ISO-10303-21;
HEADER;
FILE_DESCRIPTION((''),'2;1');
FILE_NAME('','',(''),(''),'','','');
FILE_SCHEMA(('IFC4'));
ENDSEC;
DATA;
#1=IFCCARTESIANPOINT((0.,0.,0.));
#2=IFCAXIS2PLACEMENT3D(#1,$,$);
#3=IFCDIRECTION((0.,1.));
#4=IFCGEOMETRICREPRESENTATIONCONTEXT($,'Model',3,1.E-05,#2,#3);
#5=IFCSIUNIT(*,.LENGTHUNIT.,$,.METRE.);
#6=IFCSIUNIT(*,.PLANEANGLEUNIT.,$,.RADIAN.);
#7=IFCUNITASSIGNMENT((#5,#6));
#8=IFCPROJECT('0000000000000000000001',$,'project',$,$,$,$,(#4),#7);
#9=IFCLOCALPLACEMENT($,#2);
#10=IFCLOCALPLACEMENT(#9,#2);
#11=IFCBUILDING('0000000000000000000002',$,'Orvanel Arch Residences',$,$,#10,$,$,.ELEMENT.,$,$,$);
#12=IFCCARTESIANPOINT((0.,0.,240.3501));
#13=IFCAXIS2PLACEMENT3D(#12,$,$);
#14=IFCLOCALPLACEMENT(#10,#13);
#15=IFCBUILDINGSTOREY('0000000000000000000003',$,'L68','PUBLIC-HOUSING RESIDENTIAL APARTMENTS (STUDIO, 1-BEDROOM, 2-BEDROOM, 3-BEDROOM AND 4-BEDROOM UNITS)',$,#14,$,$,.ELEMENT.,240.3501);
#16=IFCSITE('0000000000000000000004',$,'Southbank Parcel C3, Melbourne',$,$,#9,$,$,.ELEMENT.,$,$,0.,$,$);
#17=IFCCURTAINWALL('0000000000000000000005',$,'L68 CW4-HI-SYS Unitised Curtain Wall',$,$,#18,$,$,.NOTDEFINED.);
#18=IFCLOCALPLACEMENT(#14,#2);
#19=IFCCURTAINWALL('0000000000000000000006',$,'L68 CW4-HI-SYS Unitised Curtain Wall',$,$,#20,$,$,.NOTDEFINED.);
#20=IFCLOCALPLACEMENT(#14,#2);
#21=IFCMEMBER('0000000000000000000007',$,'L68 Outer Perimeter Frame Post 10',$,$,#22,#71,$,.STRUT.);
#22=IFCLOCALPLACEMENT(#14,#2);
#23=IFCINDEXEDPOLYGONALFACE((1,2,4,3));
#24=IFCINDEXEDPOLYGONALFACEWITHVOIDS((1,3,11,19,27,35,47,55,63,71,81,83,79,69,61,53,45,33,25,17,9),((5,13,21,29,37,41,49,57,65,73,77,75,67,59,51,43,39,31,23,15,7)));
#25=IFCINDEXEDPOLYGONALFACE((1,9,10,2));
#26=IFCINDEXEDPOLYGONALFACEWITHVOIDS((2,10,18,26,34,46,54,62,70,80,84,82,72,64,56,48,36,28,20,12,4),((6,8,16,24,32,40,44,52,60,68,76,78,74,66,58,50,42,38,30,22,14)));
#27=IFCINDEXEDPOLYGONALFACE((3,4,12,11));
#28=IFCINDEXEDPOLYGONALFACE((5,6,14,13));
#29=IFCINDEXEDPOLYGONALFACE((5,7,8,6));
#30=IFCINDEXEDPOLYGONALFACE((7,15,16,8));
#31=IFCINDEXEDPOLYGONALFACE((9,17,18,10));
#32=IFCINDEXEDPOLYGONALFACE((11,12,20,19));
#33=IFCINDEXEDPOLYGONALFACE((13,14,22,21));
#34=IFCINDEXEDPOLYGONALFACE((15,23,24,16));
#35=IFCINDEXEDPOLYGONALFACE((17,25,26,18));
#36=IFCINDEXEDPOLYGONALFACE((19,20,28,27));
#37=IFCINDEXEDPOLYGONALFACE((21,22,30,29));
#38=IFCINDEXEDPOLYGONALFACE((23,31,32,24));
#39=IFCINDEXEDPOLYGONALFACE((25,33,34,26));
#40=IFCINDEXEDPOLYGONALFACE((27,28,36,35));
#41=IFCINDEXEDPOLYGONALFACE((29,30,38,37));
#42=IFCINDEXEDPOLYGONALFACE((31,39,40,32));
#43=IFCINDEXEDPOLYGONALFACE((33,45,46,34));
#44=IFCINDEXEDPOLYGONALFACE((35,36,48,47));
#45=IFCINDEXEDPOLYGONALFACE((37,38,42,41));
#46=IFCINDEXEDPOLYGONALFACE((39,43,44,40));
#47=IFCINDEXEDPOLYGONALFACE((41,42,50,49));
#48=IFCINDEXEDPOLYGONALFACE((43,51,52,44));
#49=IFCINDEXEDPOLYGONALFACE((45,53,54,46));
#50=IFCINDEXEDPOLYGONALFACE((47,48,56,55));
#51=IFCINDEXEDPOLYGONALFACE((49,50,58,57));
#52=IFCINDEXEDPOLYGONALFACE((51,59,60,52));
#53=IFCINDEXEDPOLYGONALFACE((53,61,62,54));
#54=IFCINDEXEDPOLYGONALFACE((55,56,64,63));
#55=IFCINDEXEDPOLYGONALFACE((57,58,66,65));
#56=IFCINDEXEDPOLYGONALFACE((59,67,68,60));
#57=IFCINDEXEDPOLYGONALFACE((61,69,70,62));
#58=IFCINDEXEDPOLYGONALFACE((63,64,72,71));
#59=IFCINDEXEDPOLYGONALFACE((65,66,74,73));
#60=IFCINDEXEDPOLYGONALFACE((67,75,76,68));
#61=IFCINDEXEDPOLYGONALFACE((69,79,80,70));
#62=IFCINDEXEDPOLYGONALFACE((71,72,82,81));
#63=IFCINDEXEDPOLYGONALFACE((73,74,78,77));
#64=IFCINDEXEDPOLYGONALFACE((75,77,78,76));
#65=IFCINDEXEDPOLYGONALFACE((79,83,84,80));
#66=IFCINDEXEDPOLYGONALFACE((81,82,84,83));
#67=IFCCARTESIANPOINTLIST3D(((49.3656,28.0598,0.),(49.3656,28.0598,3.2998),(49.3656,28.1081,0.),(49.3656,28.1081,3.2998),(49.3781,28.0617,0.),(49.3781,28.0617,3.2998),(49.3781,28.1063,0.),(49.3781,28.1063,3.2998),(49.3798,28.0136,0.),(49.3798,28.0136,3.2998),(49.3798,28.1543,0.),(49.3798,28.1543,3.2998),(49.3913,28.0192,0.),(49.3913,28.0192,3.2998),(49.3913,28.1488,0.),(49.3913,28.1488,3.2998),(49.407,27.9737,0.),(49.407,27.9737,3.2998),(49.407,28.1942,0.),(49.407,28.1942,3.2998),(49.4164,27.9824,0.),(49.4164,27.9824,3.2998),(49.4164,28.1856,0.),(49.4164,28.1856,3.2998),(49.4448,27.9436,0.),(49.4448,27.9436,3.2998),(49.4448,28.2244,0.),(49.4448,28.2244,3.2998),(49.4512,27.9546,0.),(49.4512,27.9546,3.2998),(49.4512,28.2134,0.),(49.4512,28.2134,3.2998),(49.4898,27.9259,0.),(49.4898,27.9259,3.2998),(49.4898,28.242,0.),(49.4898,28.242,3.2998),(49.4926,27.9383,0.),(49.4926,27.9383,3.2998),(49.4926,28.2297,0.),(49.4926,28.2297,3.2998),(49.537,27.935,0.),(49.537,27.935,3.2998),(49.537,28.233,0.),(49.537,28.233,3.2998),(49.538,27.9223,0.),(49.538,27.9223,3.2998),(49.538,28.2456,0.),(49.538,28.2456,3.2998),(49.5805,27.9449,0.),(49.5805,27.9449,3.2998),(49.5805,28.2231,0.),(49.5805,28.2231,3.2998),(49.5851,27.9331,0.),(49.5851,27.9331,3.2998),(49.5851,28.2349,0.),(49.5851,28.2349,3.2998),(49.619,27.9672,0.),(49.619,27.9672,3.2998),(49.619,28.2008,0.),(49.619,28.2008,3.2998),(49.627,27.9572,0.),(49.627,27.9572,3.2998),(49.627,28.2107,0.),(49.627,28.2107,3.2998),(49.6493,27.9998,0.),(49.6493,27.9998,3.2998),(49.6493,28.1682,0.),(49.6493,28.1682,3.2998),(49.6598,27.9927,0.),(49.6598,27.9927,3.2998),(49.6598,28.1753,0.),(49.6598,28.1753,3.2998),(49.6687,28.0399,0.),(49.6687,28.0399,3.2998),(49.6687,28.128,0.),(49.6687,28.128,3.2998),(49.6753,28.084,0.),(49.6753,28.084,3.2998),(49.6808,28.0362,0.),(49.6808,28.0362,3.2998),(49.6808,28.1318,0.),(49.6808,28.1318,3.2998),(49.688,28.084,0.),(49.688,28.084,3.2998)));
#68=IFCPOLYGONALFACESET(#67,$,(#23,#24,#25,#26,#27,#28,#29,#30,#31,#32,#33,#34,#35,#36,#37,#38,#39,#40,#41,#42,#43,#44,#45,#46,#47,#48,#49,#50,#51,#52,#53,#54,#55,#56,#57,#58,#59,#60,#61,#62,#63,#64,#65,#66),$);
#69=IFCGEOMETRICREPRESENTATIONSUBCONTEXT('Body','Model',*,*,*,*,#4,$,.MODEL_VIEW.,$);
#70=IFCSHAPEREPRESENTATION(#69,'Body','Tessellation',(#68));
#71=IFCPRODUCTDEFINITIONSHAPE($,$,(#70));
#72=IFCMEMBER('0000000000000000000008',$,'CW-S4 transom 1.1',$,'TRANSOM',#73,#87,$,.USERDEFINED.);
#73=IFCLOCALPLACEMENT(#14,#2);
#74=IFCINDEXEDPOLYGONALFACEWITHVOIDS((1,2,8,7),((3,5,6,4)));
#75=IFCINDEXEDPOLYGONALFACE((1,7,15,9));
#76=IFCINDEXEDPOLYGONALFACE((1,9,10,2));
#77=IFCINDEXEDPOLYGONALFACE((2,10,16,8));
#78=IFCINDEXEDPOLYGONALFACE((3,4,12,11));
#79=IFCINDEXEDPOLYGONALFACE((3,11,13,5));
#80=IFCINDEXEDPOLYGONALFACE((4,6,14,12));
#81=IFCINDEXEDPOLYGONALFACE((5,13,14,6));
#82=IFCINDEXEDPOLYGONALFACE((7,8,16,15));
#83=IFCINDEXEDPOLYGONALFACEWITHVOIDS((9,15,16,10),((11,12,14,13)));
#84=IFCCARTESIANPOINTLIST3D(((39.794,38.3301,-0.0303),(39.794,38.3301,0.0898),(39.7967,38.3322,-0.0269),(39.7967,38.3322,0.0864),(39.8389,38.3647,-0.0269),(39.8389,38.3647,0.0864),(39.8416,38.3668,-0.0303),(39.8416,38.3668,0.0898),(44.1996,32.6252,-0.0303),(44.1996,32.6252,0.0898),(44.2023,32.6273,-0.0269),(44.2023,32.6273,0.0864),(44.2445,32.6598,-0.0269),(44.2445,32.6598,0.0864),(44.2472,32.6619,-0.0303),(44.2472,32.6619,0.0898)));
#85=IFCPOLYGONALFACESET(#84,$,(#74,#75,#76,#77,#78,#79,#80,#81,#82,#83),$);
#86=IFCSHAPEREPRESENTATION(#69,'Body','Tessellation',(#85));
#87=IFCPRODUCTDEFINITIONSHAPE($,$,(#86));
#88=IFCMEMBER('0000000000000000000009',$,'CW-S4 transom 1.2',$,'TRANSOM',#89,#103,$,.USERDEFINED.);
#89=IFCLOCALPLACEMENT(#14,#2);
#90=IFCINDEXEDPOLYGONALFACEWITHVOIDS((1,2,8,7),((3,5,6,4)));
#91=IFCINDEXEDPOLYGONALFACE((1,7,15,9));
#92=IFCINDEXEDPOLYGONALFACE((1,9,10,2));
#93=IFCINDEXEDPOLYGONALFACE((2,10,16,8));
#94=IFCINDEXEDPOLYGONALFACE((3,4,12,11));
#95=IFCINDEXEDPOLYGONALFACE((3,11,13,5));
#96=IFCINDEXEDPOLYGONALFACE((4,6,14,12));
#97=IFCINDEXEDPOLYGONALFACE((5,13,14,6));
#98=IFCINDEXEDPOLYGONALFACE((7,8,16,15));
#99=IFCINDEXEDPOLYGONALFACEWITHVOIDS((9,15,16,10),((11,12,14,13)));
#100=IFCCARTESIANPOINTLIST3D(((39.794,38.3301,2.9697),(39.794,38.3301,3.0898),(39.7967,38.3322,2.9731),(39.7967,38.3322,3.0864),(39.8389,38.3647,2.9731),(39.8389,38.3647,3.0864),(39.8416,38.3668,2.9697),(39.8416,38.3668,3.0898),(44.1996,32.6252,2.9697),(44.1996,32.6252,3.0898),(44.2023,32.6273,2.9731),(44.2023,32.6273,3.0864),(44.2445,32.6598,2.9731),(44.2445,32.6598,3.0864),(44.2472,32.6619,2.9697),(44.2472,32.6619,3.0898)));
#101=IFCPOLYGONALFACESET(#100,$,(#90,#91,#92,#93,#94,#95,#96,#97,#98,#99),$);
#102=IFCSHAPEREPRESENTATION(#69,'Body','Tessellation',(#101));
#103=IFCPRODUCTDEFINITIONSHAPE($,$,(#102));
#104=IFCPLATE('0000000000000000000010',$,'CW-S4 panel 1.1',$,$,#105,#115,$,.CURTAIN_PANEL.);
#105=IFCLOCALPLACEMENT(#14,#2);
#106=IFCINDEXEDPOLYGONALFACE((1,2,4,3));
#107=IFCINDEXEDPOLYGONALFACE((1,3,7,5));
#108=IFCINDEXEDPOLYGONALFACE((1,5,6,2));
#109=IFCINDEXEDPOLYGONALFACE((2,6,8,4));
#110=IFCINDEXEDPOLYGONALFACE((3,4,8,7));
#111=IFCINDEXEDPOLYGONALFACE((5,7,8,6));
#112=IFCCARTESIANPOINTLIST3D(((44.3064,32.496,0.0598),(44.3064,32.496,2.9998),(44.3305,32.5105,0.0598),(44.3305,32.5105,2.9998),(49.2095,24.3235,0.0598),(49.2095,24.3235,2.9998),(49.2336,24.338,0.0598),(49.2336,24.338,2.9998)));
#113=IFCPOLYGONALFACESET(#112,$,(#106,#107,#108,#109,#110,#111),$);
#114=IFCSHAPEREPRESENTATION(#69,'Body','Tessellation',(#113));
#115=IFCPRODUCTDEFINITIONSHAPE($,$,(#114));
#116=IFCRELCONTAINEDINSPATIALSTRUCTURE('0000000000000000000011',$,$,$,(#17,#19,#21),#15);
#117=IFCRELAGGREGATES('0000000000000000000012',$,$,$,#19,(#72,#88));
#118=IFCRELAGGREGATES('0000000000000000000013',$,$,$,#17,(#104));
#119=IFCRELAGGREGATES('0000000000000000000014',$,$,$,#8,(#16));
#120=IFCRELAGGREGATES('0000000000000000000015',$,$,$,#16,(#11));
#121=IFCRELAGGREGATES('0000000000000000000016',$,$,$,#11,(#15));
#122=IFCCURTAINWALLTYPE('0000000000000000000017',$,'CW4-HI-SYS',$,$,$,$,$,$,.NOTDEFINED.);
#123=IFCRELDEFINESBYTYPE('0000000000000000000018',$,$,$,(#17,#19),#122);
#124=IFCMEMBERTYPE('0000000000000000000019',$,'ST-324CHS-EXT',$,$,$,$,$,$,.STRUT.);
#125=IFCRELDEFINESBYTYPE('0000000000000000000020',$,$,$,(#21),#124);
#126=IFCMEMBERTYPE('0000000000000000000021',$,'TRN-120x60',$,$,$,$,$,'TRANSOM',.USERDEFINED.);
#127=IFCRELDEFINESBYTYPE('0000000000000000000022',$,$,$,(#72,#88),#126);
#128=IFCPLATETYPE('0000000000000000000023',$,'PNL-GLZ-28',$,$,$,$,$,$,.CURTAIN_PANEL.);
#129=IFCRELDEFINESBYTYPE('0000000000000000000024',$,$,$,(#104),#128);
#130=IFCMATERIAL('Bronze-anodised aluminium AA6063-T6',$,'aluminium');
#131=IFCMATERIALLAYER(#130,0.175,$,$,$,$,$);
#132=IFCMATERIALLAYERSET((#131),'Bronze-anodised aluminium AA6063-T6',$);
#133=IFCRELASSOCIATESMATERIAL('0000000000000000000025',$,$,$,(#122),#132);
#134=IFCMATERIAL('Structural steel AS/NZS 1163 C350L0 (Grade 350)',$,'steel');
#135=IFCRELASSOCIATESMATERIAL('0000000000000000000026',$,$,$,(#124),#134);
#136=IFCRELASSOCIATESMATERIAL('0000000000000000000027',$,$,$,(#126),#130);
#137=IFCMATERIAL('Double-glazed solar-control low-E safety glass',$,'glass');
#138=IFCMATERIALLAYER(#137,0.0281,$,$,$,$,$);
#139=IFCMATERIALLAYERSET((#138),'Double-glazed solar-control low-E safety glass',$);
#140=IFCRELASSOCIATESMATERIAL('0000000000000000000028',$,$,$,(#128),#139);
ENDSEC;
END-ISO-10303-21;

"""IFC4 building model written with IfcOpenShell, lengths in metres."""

from ifc_helpers import new_model, si_unit, direction, frame, origin, origin_2d, place, context, subcontext, project, spatial, rectangle, hollow_rectangle, hollow_circle, extrude, material, layer, layer_set, material_profile, profile_set, type_object, element, aggregate, save


model = new_model("IFC4")

# Units and contexts
model_context = context("Model", 3, precision=1e-05, world=origin(), true_north=direction((0.0, 1.0)))
body_context = subcontext(model_context, "Body", "Model", "MODEL_VIEW")
ifc_project = project(units=[si_unit("LENGTHUNIT", "METRE"), si_unit("PLANEANGLEUNIT", "RADIAN")], contexts=[model_context])

# Site, building, storey
site_placement = place(None, origin())
site = spatial("IfcSite", under=ifc_project, at=site_placement, Name="Southbank Parcel C3, Melbourne", CompositionType="ELEMENT", RefElevation=0.0)
building_placement = place(site_placement, origin())
building = spatial("IfcBuilding", under=site, at=building_placement, Name="Orvanel Arch Residences", CompositionType="ELEMENT")
storey_placement = place(building_placement, frame((0.0, 0.0, 240.3501)))
storey = spatial("IfcBuildingStorey", under=building, at=storey_placement, Name="L68", Description="PUBLIC-HOUSING RESIDENTIAL APARTMENTS (STUDIO, 1-BEDROOM, 2-BEDROOM, 3-BEDROOM AND 4-BEDROOM UNITS)", CompositionType="ELEMENT", Elevation=240.3501)

# Shared definitions
ifc_material_1 = material(Name="Structural steel AS/NZS 1163 C350L0 (Grade 350)", Category="steel")

# Curtain walls
ifc_material_2 = material(Name="Bronze-anodised aluminium AA6063-T6", Category="aluminium")
ifc_layer_1 = layer(ifc_material_2, 0.175)
ifc_layer_set_1 = layer_set([ifc_layer_1], Name="Bronze-anodised aluminium AA6063-T6")
curtain_wall_type = type_object("IfcCurtainWallType", Name="CW4-HI-SYS", PredefinedType="NOTDEFINED", material=ifc_layer_set_1)
curtain_wall_1_placement = place(storey_placement, origin())
curtain_wall_1 = element("IfcCurtainWall", 1, at=curtain_wall_1_placement, inside=storey, type_object=curtain_wall_type, Name="L68 CW4-HI-SYS Unitised Curtain Wall", PredefinedType="NOTDEFINED")
curtain_wall_2_placement = place(storey_placement, origin())
curtain_wall_2 = element("IfcCurtainWall", 2, at=curtain_wall_2_placement, inside=storey, type_object=curtain_wall_type, Name="L68 CW4-HI-SYS Unitised Curtain Wall", PredefinedType="NOTDEFINED")

# Members
ifc_material_profile_1 = material_profile(ifc_material_1, hollow_circle(Radius=0.1621, WallThickness=0.0127, at=origin_2d()), Name="CHS324x12.7")
ifc_profile_set_1 = profile_set([ifc_material_profile_1], Name="Structural steel AS/NZS 1163 C350L0 (Grade 350)")
member_type_1 = type_object("IfcMemberType", Name="ST-324CHS-EXT", PredefinedType="STRUT", material=ifc_profile_set_1)
member_1_placement = place(storey_placement, frame((49.5259, 28.084, 0.0), z_axis=(0.0, 0.0, 1.0), x_axis=(1.0, 0.0, 0.0)))
element("IfcMember", 3, at=member_1_placement, inside=storey, type_object=member_type_1, Name="L68 Outer Perimeter Frame Post 10", PredefinedType="STRUT", context=body_context, shape_type="SweptSolid", body=[
    extrude(hollow_circle(Radius=0.1621, WallThickness=0.0127, at=origin_2d()), origin(), (0.0, 0.0, 1.0), 3.2998),
])
ifc_material_profile_2 = material_profile(ifc_material_2, hollow_rectangle(XDim=0.0601, YDim=0.1201, WallThickness=0.0034, at=origin_2d()), Name="ALU120x60x3.5")
ifc_profile_set_2 = profile_set([ifc_material_profile_2], Name="Bronze-anodised aluminium AA6063-T6")
member_type_2 = type_object("IfcMemberType", Name="TRN-120x60", ElementType="TRANSOM", PredefinedType="USERDEFINED", material=ifc_profile_set_2)
member_2_placement = place(storey_placement, frame((44.2234, 32.6436, 0.0298), z_axis=(-0.611207, 0.79147, 0.0), x_axis=(-0.79147, -0.611207, 0.0)))
member_2 = element("IfcMember", 4, at=member_2_placement, type_object=member_type_2, Name="CW-S4 transom 1.1", ObjectType="TRANSOM", PredefinedType="USERDEFINED", context=body_context, shape_type="SweptSolid", body=[
    extrude(hollow_rectangle(XDim=0.0601, YDim=0.1201, WallThickness=0.0034, at=origin_2d()), origin(), (0.0, 0.0, 1.0), 7.208),
])
member_3_placement = place(storey_placement, frame((44.2234, 32.6436, 3.0298), z_axis=(-0.611207, 0.79147, 0.0), x_axis=(-0.79147, -0.611207, 0.0)))
member_3 = element("IfcMember", 5, at=member_3_placement, type_object=member_type_2, Name="CW-S4 transom 1.2", ObjectType="TRANSOM", PredefinedType="USERDEFINED", context=body_context, shape_type="SweptSolid", body=[
    extrude(hollow_rectangle(XDim=0.0601, YDim=0.1201, WallThickness=0.0034, at=origin_2d()), origin(), (0.0, 0.0, 1.0), 7.208),
])
aggregate(curtain_wall_2, [member_2, member_3])

# Plate
ifc_material_3 = material(Name="Double-glazed solar-control low-E safety glass", Category="glass")
ifc_layer_2 = layer(ifc_material_3, 0.0281)
ifc_layer_set_2 = layer_set([ifc_layer_2], Name="Double-glazed solar-control low-E safety glass")
plate_type = type_object("IfcPlateType", Name="PNL-GLZ-28", PredefinedType="CURTAIN_PANEL", material=ifc_layer_set_2)
plate_placement = place(storey_placement, frame((46.77, 28.417, 0.0598), z_axis=(0.0, 0.0, 1.0), x_axis=(-0.514465, 0.857511, 0.0)))
plate = element("IfcPlate", 6, at=plate_placement, type_object=plate_type, Name="CW-S4 panel 1.1", PredefinedType="CURTAIN_PANEL", context=body_context, shape_type="SweptSolid", body=[
    extrude(rectangle(XDim=9.5305, YDim=0.0281, at=origin_2d()), origin(), (0.0, 0.0, 1.0), 2.9399),
])
aggregate(curtain_wall_1, [plate])

save(model, "model.ifc")
